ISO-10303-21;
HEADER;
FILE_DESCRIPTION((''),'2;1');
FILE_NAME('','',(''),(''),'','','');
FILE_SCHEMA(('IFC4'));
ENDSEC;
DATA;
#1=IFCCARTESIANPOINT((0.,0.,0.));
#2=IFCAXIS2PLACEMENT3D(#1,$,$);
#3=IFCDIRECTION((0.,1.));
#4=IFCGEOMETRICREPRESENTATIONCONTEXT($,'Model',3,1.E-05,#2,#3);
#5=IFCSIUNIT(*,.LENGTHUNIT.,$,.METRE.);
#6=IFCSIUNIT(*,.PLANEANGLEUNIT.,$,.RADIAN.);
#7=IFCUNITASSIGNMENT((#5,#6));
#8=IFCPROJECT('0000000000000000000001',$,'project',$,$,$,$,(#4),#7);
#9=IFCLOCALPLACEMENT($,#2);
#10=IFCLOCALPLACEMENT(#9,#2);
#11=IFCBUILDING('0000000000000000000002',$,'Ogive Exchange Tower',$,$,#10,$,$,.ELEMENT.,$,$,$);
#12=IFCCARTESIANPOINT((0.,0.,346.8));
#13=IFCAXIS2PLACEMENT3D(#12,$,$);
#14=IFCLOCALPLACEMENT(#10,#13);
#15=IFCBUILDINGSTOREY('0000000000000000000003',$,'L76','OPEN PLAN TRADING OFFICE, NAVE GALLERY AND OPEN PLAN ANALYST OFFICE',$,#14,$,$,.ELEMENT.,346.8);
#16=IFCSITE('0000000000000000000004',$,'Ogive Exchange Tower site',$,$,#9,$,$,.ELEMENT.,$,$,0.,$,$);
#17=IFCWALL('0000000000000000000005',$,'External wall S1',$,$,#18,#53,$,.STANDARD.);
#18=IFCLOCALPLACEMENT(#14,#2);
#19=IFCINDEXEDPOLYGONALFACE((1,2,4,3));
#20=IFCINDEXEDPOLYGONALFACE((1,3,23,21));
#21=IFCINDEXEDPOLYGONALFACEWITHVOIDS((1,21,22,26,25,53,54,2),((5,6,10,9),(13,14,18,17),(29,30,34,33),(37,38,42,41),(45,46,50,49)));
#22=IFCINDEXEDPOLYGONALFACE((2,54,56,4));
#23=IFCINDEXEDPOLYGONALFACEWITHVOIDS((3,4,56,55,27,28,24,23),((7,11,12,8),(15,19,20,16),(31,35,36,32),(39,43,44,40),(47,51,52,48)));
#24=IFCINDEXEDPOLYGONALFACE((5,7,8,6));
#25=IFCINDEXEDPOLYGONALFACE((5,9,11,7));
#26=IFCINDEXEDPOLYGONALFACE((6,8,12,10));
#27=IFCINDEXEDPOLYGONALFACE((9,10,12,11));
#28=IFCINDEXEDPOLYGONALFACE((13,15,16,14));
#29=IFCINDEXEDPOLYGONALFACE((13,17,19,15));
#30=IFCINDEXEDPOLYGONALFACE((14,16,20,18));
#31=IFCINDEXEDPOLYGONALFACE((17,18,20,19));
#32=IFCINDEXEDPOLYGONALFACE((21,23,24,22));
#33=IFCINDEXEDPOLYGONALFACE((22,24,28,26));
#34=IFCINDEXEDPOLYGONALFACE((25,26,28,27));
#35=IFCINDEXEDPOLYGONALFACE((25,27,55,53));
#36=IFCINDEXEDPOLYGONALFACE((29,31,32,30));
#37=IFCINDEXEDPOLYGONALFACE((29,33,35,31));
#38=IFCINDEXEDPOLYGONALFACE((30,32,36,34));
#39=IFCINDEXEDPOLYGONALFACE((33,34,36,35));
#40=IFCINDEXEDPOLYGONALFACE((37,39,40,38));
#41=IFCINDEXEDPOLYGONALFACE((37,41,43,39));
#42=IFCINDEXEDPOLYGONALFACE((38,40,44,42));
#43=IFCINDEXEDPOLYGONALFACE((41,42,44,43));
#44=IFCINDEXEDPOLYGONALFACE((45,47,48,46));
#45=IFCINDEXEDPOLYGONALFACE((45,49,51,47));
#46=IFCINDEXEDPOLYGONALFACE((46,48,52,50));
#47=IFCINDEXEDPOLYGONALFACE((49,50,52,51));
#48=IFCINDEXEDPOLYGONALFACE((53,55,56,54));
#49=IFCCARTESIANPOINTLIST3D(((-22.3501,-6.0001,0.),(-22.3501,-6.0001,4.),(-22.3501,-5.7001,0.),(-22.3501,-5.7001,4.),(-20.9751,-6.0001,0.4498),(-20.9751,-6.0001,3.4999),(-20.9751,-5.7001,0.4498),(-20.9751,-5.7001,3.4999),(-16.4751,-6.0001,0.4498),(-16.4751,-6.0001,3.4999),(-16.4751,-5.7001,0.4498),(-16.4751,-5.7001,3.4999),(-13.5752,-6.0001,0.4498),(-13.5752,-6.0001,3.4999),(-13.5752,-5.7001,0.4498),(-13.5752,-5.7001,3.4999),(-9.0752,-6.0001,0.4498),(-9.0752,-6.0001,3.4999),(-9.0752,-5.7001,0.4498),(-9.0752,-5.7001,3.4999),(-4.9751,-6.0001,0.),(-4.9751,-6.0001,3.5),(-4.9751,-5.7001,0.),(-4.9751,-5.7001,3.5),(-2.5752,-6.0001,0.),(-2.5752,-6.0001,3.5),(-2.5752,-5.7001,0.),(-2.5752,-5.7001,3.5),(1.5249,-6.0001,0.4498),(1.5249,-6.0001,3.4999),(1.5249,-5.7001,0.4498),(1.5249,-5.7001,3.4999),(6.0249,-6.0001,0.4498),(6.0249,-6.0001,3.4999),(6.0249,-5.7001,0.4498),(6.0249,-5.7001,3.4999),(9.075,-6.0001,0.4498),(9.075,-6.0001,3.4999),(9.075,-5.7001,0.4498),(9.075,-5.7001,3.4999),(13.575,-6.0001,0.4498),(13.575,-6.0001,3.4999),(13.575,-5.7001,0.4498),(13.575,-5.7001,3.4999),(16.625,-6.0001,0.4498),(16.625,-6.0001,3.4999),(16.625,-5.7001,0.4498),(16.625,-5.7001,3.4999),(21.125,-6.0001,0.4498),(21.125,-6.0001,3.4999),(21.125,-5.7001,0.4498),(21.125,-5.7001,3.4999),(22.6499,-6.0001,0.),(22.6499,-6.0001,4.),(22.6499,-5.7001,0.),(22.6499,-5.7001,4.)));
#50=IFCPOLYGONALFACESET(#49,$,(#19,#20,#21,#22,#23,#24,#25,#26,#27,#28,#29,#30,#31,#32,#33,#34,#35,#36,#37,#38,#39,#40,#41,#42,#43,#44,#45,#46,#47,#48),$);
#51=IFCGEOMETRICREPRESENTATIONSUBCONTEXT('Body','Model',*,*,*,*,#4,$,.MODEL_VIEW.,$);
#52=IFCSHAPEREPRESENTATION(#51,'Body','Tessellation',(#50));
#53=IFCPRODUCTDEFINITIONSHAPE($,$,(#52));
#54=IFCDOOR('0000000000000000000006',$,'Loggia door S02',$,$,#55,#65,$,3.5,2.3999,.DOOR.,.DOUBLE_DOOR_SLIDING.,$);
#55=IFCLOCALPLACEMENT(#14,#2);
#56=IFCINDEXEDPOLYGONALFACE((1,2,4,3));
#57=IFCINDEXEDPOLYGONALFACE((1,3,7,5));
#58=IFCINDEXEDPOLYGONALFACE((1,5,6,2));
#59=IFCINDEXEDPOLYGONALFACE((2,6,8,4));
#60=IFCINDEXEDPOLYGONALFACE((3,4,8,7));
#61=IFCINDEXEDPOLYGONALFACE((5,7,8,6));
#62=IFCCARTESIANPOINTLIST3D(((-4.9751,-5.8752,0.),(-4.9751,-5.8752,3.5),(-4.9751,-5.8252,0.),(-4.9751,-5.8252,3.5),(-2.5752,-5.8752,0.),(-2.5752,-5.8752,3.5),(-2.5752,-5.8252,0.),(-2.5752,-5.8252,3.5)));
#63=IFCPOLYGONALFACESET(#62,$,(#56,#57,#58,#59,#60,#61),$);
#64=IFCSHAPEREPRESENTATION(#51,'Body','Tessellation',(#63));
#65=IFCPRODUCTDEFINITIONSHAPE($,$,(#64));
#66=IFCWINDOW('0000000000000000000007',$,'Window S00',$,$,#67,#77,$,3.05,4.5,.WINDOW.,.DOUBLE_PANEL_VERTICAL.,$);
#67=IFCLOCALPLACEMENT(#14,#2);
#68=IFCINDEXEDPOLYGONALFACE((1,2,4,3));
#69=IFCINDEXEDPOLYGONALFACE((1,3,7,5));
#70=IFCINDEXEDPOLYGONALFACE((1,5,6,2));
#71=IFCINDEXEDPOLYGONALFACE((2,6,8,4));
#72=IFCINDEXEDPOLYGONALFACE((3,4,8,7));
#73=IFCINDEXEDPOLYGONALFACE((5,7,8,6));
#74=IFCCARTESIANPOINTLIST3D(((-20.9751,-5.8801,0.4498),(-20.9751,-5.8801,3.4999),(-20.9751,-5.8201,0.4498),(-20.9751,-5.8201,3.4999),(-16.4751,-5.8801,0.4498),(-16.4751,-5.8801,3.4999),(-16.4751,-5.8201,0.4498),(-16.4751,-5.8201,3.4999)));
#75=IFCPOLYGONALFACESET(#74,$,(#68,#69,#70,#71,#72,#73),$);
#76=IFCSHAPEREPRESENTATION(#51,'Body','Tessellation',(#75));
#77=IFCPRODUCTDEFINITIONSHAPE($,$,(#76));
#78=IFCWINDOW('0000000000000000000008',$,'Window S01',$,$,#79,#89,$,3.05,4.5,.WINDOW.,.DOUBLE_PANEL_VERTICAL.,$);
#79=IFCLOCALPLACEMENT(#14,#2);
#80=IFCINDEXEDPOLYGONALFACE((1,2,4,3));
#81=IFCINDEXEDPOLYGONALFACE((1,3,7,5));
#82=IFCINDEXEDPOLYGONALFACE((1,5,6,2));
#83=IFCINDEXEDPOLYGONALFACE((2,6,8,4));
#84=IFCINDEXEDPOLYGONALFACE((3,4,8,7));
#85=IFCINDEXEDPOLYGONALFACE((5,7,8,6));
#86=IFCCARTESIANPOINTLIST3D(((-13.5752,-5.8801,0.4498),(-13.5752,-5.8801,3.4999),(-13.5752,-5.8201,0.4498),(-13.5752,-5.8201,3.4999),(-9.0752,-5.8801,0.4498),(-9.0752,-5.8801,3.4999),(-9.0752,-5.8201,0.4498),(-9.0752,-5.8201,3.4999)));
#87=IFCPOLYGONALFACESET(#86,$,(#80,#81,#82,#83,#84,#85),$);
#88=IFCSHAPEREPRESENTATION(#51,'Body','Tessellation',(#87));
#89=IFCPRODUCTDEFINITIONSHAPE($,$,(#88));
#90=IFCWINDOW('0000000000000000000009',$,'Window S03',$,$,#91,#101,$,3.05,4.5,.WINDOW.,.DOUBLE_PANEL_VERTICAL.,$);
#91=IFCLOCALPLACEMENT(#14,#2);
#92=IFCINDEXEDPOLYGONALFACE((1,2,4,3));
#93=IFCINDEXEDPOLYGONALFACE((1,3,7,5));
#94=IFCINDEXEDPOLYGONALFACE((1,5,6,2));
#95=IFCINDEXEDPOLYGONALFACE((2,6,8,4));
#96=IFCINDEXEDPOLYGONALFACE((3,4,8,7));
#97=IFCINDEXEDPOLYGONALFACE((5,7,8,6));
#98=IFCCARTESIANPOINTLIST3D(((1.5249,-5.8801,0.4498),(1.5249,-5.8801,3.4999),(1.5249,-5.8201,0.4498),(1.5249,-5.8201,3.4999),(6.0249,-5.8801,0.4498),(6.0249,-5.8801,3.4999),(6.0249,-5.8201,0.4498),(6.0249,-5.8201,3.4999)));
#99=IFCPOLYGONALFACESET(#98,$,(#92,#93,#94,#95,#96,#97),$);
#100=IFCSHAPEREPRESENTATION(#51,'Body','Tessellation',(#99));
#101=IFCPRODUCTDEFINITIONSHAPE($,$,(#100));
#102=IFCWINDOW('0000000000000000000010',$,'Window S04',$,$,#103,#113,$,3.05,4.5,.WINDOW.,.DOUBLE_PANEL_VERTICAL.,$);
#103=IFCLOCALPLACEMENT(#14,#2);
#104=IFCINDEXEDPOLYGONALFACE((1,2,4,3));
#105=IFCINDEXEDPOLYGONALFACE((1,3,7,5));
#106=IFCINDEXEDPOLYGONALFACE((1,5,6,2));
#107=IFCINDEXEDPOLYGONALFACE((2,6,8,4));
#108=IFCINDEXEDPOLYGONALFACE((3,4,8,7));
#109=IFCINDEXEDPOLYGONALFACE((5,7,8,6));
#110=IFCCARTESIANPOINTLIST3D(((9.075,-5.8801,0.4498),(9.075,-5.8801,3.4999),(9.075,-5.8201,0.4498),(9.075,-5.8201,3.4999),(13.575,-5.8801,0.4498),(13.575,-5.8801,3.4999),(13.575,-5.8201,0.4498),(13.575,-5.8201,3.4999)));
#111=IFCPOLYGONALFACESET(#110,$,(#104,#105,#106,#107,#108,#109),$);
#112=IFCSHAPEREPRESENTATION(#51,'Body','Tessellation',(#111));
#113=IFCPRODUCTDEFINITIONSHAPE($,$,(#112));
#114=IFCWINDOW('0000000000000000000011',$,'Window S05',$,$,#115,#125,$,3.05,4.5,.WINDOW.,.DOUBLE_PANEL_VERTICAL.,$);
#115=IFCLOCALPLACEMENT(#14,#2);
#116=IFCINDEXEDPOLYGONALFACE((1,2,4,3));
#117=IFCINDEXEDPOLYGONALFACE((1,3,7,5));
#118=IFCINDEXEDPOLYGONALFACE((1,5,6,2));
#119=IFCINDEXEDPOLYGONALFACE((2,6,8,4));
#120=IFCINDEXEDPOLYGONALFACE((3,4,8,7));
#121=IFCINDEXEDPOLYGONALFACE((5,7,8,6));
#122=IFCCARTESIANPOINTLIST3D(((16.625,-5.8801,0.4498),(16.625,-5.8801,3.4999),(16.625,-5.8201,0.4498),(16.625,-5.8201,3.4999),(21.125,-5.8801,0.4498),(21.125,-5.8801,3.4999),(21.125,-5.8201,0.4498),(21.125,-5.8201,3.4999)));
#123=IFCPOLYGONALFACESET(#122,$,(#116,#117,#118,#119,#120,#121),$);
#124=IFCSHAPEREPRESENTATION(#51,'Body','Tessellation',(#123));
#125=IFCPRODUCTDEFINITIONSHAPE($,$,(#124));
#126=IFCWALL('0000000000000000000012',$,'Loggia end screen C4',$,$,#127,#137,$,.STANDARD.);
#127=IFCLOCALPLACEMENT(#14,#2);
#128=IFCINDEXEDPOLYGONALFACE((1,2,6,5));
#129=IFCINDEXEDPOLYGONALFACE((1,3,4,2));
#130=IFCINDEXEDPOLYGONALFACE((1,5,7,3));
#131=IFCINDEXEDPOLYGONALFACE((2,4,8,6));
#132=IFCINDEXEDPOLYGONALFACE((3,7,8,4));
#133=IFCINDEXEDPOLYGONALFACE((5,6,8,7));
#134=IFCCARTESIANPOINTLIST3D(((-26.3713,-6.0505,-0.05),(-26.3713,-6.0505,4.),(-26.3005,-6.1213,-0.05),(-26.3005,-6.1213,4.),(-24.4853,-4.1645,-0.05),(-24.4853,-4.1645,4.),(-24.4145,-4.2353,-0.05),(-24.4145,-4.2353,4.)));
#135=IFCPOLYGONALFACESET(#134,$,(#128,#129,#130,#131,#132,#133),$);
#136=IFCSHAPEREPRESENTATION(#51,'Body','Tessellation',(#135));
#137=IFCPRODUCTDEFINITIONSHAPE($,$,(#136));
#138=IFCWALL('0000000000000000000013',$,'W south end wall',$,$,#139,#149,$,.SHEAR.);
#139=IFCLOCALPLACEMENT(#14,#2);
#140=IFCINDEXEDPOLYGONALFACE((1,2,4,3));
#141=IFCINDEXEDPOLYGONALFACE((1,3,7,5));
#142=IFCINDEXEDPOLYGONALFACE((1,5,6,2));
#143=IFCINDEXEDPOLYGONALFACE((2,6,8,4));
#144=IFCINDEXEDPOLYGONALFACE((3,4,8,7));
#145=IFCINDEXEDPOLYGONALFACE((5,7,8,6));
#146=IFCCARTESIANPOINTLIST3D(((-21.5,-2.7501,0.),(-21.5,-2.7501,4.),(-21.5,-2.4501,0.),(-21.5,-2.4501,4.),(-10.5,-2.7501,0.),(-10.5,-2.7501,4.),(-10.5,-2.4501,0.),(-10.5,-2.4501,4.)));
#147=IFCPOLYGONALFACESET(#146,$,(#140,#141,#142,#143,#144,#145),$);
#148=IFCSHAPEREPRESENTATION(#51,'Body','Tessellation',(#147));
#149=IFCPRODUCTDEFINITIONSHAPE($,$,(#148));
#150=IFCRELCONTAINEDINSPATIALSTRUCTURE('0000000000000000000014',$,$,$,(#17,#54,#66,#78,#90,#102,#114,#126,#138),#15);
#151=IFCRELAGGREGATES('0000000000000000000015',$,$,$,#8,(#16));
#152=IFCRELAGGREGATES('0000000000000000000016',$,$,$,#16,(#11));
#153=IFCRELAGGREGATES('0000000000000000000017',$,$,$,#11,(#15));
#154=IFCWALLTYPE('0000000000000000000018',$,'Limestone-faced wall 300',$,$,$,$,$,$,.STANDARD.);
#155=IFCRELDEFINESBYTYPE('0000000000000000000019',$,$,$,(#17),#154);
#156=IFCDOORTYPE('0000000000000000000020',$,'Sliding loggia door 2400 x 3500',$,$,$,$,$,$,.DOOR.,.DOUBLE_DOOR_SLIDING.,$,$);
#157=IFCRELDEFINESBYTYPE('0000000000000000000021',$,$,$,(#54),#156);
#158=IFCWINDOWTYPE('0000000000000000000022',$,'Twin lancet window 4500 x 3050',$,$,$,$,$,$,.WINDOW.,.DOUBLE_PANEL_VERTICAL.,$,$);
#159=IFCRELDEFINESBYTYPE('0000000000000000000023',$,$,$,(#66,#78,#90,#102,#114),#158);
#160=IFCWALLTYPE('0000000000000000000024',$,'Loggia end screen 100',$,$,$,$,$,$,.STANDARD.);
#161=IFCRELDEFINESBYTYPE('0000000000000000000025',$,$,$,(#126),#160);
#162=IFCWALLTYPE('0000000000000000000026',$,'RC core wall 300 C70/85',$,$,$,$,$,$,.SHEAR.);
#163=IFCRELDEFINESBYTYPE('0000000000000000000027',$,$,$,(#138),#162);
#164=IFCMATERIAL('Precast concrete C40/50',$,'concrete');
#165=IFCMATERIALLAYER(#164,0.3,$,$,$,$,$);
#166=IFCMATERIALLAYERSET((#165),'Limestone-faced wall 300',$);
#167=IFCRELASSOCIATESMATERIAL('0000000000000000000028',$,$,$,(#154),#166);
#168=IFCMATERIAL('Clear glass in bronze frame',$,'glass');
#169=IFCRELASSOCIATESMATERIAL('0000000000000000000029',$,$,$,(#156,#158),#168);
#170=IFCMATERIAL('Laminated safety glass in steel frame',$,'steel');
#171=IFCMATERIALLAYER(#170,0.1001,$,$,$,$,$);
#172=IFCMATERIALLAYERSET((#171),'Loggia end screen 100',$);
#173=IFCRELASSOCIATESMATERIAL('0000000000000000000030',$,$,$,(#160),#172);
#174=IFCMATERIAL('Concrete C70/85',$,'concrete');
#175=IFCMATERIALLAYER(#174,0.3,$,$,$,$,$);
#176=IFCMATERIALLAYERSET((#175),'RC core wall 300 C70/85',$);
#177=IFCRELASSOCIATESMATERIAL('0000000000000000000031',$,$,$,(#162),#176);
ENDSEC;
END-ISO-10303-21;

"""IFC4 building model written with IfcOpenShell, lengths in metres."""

from ifc_helpers import new_model, si_unit, direction, frame, frame_2d, origin, place, context, subcontext, project, spatial, rectangle, extrude, material, layer, layer_set, type_object, element, fill, save


model = new_model("IFC4")

# Units and contexts
model_context = context("Model", 3, precision=1e-05, world=origin(), true_north=direction((0.0, 1.0)))
body_context = subcontext(model_context, "Body", "Model", "MODEL_VIEW")
ifc_project = project(units=[si_unit("LENGTHUNIT", "METRE"), si_unit("PLANEANGLEUNIT", "RADIAN")], contexts=[model_context])

# Site, building, storey
site_placement = place(None, origin())
site = spatial("IfcSite", under=ifc_project, at=site_placement, Name="Ogive Exchange Tower site", CompositionType="ELEMENT", RefElevation=0.0)
building_placement = place(site_placement, origin())
building = spatial("IfcBuilding", under=site, at=building_placement, Name="Ogive Exchange Tower", CompositionType="ELEMENT")
storey_placement = place(building_placement, frame((0.0, 0.0, 346.8)))
storey = spatial("IfcBuildingStorey", under=building, at=storey_placement, Name="L76", Description="OPEN PLAN TRADING OFFICE, NAVE GALLERY AND OPEN PLAN ANALYST OFFICE", CompositionType="ELEMENT", Elevation=346.8)

# Wall, openings, door, windows
ifc_material_1 = material(Name="Precast concrete C40/50", Category="concrete")
ifc_layer_1 = layer(ifc_material_1, 0.3)
ifc_layer_set_1 = layer_set([ifc_layer_1], Name="Limestone-faced wall 300")
wall_type_1 = type_object("IfcWallType", Name="Limestone-faced wall 300", PredefinedType="STANDARD", material=ifc_layer_set_1)
wall_1_placement = place(storey_placement, frame((-22.3501, -5.8501, 0.0), z_axis=(0.0, 0.0, 1.0), x_axis=(1.0, 0.0, 0.0)))
wall_1 = element("IfcWall", 1, at=wall_1_placement, inside=storey, type_object=wall_type_1, Name="External wall S1", PredefinedType="STANDARD", context=body_context, shape_type="SweptSolid", body=[
    extrude(rectangle(XDim=45.0, YDim=0.3, at=frame_2d((22.5, 0.0))), origin(), (0.0, 0.0, 1.0), 4.0),
])
opening_1_placement = place(wall_1_placement, frame((1.375, 0.0, 0.45)))
opening_1 = element("IfcOpeningElement", 2, at=opening_1_placement, cuts=wall_1, PredefinedType="OPENING", context=body_context, shape_type="SweptSolid", body=[
    extrude(rectangle(XDim=4.5, YDim=3.05, at=frame_2d((2.25, 1.5249))), frame((0.0, 0.1599, 0.0), z_axis=(0.0, -1.0, 0.0), x_axis=(1.0, 0.0, 0.0)), (0.0, 0.0, 1.0), 0.3201),
])
opening_2_placement = place(wall_1_placement, frame((8.7749, 0.0, 0.45)))
opening_2 = element("IfcOpeningElement", 3, at=opening_2_placement, cuts=wall_1, PredefinedType="OPENING", context=body_context, shape_type="SweptSolid", body=[
    extrude(rectangle(XDim=4.5, YDim=3.05, at=frame_2d((2.25, 1.5249))), frame((0.0, 0.1599, 0.0), z_axis=(0.0, -1.0, 0.0), x_axis=(1.0, 0.0, 0.0)), (0.0, 0.0, 1.0), 0.3201),
])
opening_3_placement = place(wall_1_placement, frame((17.375, 0.0, 0.0)))
opening_3 = element("IfcOpeningElement", 4, at=opening_3_placement, cuts=wall_1, PredefinedType="OPENING", context=body_context, shape_type="SweptSolid", body=[
    extrude(rectangle(XDim=2.3999, YDim=3.5, at=frame_2d((1.2, 1.75))), frame((0.0, 0.1599, 0.0), z_axis=(0.0, -1.0, 0.0), x_axis=(1.0, 0.0, 0.0)), (0.0, 0.0, 1.0), 0.3201),
])
opening_4_placement = place(wall_1_placement, frame((23.875, 0.0, 0.45)))
opening_4 = element("IfcOpeningElement", 5, at=opening_4_placement, cuts=wall_1, PredefinedType="OPENING", context=body_context, shape_type="SweptSolid", body=[
    extrude(rectangle(XDim=4.5, YDim=3.05, at=frame_2d((2.25, 1.5249))), frame((0.0, 0.1599, 0.0), z_axis=(0.0, -1.0, 0.0), x_axis=(1.0, 0.0, 0.0)), (0.0, 0.0, 1.0), 0.3201),
])
opening_5_placement = place(wall_1_placement, frame((31.425, 0.0, 0.45)))
opening_5 = element("IfcOpeningElement", 6, at=opening_5_placement, cuts=wall_1, PredefinedType="OPENING", context=body_context, shape_type="SweptSolid", body=[
    extrude(rectangle(XDim=4.5, YDim=3.05, at=frame_2d((2.25, 1.5249))), frame((0.0, 0.1599, 0.0), z_axis=(0.0, -1.0, 0.0), x_axis=(1.0, 0.0, 0.0)), (0.0, 0.0, 1.0), 0.3201),
])
opening_6_placement = place(wall_1_placement, frame((38.9751, 0.0, 0.45)))
opening_6 = element("IfcOpeningElement", 7, at=opening_6_placement, cuts=wall_1, PredefinedType="OPENING", context=body_context, shape_type="SweptSolid", body=[
    extrude(rectangle(XDim=4.5, YDim=3.05, at=frame_2d((2.25, 1.5249))), frame((0.0, 0.1599, 0.0), z_axis=(0.0, -1.0, 0.0), x_axis=(1.0, 0.0, 0.0)), (0.0, 0.0, 1.0), 0.3201),
])
ifc_material_2 = material(Name="Clear glass in bronze frame", Category="glass")
door_type_1 = type_object("IfcDoorType", Name="Sliding loggia door 2400 x 3500", OperationType="DOUBLE_DOOR_SLIDING", PredefinedType="DOOR", material=ifc_material_2)
door_1_placement = place(opening_3_placement, origin())
door_1 = element("IfcDoor", 8, at=door_1_placement, inside=storey, type_object=door_type_1, Name="Loggia door S02", OperationType="DOUBLE_DOOR_SLIDING", OverallHeight=3.5, OverallWidth=2.3999, PredefinedType="DOOR", context=body_context, shape_type="SweptSolid", body=[
    extrude(rectangle(XDim=2.3999, YDim=3.5, at=frame_2d((1.2, 1.75))), frame((0.0, 0.0249, 0.0), z_axis=(0.0, -1.0, 0.0), x_axis=(1.0, 0.0, 0.0)), (0.0, 0.0, 1.0), 0.05),
])
fill(opening_3, door_1)
window_type = type_object("IfcWindowType", Name="Twin lancet window 4500 x 3050", PartitioningType="DOUBLE_PANEL_VERTICAL", PredefinedType="WINDOW", material=ifc_material_2)
window_1_placement = place(opening_1_placement, origin())
window_1 = element("IfcWindow", 9, at=window_1_placement, inside=storey, type_object=window_type, Name="Window S00", OverallHeight=3.05, OverallWidth=4.5, PartitioningType="DOUBLE_PANEL_VERTICAL", PredefinedType="WINDOW", context=body_context, shape_type="SweptSolid", body=[
    extrude(rectangle(XDim=4.5, YDim=3.05, at=frame_2d((2.25, 1.5249))), frame((0.0, 0.03, 0.0), z_axis=(0.0, -1.0, 0.0), x_axis=(1.0, 0.0, 0.0)), (0.0, 0.0, 1.0), 0.0601),
])
fill(opening_1, window_1)
window_2_placement = place(opening_2_placement, origin())
window_2 = element("IfcWindow", 10, at=window_2_placement, inside=storey, type_object=window_type, Name="Window S01", OverallHeight=3.05, OverallWidth=4.5, PartitioningType="DOUBLE_PANEL_VERTICAL", PredefinedType="WINDOW", context=body_context, shape_type="SweptSolid", body=[
    extrude(rectangle(XDim=4.5, YDim=3.05, at=frame_2d((2.25, 1.5249))), frame((0.0, 0.03, 0.0), z_axis=(0.0, -1.0, 0.0), x_axis=(1.0, 0.0, 0.0)), (0.0, 0.0, 1.0), 0.0601),
])
fill(opening_2, window_2)
window_3_placement = place(opening_4_placement, origin())
window_3 = element("IfcWindow", 11, at=window_3_placement, inside=storey, type_object=window_type, Name="Window S03", OverallHeight=3.05, OverallWidth=4.5, PartitioningType="DOUBLE_PANEL_VERTICAL", PredefinedType="WINDOW", context=body_context, shape_type="SweptSolid", body=[
    extrude(rectangle(XDim=4.5, YDim=3.05, at=frame_2d((2.25, 1.5249))), frame((0.0, 0.03, 0.0), z_axis=(0.0, -1.0, 0.0), x_axis=(1.0, 0.0, 0.0)), (0.0, 0.0, 1.0), 0.0601),
])
fill(opening_4, window_3)
window_4_placement = place(opening_5_placement, origin())
window_4 = element("IfcWindow", 12, at=window_4_placement, inside=storey, type_object=window_type, Name="Window S04", OverallHeight=3.05, OverallWidth=4.5, PartitioningType="DOUBLE_PANEL_VERTICAL", PredefinedType="WINDOW", context=body_context, shape_type="SweptSolid", body=[
    extrude(rectangle(XDim=4.5, YDim=3.05, at=frame_2d((2.25, 1.5249))), frame((0.0, 0.03, 0.0), z_axis=(0.0, -1.0, 0.0), x_axis=(1.0, 0.0, 0.0)), (0.0, 0.0, 1.0), 0.0601),
])
fill(opening_5, window_4)
window_5_placement = place(opening_6_placement, origin())
window_5 = element("IfcWindow", 13, at=window_5_placement, inside=storey, type_object=window_type, Name="Window S05", OverallHeight=3.05, OverallWidth=4.5, PartitioningType="DOUBLE_PANEL_VERTICAL", PredefinedType="WINDOW", context=body_context, shape_type="SweptSolid", body=[
    extrude(rectangle(XDim=4.5, YDim=3.05, at=frame_2d((2.25, 1.5249))), frame((0.0, 0.03, 0.0), z_axis=(0.0, -1.0, 0.0), x_axis=(1.0, 0.0, 0.0)), (0.0, 0.0, 1.0), 0.0601),
])
fill(opening_6, window_5)

# Walls
ifc_material_3 = material(Name="Laminated safety glass in steel frame", Category="steel")
ifc_layer_2 = layer(ifc_material_3, 0.1001)
ifc_layer_set_2 = layer_set([ifc_layer_2], Name="Loggia end screen 100")
wall_type_2 = type_object("IfcWallType", Name="Loggia end screen 100", PredefinedType="STANDARD", material=ifc_layer_set_2)
wall_2_placement = place(storey_placement, frame((-24.45, -4.2, -0.05), z_axis=(0.0, 0.0, 1.0), x_axis=(-0.707107, -0.707107, 0.0)))
element("IfcWall", 14, at=wall_2_placement, inside=storey, type_object=wall_type_2, Name="Loggia end screen C4", PredefinedType="STANDARD", context=body_context, shape_type="SweptSolid", body=[
    extrude(rectangle(XDim=2.6672, YDim=0.1001, at=frame_2d((1.3335, 0.0))), origin(), (0.0, 0.0, 1.0), 4.05),
])
ifc_material_4 = material(Name="Concrete C70/85", Category="concrete")
ifc_layer_3 = layer(ifc_material_4, 0.3)
ifc_layer_set_3 = layer_set([ifc_layer_3], Name="RC core wall 300 C70/85")
wall_type_3 = type_object("IfcWallType", Name="RC core wall 300 C70/85", PredefinedType="SHEAR", material=ifc_layer_set_3)
wall_3_placement = place(storey_placement, frame((-21.5, -2.6001, 0.0), z_axis=(0.0, 0.0, 1.0), x_axis=(1.0, 0.0, 0.0)))
element("IfcWall", 15, at=wall_3_placement, inside=storey, type_object=wall_type_3, Name="W south end wall", PredefinedType="SHEAR", context=body_context, shape_type="SweptSolid", body=[
    extrude(rectangle(XDim=11.0, YDim=0.3, at=frame_2d((5.5, 0.0))), origin(), (0.0, 0.0, 1.0), 4.0),
])

save(model, "model.ifc")
